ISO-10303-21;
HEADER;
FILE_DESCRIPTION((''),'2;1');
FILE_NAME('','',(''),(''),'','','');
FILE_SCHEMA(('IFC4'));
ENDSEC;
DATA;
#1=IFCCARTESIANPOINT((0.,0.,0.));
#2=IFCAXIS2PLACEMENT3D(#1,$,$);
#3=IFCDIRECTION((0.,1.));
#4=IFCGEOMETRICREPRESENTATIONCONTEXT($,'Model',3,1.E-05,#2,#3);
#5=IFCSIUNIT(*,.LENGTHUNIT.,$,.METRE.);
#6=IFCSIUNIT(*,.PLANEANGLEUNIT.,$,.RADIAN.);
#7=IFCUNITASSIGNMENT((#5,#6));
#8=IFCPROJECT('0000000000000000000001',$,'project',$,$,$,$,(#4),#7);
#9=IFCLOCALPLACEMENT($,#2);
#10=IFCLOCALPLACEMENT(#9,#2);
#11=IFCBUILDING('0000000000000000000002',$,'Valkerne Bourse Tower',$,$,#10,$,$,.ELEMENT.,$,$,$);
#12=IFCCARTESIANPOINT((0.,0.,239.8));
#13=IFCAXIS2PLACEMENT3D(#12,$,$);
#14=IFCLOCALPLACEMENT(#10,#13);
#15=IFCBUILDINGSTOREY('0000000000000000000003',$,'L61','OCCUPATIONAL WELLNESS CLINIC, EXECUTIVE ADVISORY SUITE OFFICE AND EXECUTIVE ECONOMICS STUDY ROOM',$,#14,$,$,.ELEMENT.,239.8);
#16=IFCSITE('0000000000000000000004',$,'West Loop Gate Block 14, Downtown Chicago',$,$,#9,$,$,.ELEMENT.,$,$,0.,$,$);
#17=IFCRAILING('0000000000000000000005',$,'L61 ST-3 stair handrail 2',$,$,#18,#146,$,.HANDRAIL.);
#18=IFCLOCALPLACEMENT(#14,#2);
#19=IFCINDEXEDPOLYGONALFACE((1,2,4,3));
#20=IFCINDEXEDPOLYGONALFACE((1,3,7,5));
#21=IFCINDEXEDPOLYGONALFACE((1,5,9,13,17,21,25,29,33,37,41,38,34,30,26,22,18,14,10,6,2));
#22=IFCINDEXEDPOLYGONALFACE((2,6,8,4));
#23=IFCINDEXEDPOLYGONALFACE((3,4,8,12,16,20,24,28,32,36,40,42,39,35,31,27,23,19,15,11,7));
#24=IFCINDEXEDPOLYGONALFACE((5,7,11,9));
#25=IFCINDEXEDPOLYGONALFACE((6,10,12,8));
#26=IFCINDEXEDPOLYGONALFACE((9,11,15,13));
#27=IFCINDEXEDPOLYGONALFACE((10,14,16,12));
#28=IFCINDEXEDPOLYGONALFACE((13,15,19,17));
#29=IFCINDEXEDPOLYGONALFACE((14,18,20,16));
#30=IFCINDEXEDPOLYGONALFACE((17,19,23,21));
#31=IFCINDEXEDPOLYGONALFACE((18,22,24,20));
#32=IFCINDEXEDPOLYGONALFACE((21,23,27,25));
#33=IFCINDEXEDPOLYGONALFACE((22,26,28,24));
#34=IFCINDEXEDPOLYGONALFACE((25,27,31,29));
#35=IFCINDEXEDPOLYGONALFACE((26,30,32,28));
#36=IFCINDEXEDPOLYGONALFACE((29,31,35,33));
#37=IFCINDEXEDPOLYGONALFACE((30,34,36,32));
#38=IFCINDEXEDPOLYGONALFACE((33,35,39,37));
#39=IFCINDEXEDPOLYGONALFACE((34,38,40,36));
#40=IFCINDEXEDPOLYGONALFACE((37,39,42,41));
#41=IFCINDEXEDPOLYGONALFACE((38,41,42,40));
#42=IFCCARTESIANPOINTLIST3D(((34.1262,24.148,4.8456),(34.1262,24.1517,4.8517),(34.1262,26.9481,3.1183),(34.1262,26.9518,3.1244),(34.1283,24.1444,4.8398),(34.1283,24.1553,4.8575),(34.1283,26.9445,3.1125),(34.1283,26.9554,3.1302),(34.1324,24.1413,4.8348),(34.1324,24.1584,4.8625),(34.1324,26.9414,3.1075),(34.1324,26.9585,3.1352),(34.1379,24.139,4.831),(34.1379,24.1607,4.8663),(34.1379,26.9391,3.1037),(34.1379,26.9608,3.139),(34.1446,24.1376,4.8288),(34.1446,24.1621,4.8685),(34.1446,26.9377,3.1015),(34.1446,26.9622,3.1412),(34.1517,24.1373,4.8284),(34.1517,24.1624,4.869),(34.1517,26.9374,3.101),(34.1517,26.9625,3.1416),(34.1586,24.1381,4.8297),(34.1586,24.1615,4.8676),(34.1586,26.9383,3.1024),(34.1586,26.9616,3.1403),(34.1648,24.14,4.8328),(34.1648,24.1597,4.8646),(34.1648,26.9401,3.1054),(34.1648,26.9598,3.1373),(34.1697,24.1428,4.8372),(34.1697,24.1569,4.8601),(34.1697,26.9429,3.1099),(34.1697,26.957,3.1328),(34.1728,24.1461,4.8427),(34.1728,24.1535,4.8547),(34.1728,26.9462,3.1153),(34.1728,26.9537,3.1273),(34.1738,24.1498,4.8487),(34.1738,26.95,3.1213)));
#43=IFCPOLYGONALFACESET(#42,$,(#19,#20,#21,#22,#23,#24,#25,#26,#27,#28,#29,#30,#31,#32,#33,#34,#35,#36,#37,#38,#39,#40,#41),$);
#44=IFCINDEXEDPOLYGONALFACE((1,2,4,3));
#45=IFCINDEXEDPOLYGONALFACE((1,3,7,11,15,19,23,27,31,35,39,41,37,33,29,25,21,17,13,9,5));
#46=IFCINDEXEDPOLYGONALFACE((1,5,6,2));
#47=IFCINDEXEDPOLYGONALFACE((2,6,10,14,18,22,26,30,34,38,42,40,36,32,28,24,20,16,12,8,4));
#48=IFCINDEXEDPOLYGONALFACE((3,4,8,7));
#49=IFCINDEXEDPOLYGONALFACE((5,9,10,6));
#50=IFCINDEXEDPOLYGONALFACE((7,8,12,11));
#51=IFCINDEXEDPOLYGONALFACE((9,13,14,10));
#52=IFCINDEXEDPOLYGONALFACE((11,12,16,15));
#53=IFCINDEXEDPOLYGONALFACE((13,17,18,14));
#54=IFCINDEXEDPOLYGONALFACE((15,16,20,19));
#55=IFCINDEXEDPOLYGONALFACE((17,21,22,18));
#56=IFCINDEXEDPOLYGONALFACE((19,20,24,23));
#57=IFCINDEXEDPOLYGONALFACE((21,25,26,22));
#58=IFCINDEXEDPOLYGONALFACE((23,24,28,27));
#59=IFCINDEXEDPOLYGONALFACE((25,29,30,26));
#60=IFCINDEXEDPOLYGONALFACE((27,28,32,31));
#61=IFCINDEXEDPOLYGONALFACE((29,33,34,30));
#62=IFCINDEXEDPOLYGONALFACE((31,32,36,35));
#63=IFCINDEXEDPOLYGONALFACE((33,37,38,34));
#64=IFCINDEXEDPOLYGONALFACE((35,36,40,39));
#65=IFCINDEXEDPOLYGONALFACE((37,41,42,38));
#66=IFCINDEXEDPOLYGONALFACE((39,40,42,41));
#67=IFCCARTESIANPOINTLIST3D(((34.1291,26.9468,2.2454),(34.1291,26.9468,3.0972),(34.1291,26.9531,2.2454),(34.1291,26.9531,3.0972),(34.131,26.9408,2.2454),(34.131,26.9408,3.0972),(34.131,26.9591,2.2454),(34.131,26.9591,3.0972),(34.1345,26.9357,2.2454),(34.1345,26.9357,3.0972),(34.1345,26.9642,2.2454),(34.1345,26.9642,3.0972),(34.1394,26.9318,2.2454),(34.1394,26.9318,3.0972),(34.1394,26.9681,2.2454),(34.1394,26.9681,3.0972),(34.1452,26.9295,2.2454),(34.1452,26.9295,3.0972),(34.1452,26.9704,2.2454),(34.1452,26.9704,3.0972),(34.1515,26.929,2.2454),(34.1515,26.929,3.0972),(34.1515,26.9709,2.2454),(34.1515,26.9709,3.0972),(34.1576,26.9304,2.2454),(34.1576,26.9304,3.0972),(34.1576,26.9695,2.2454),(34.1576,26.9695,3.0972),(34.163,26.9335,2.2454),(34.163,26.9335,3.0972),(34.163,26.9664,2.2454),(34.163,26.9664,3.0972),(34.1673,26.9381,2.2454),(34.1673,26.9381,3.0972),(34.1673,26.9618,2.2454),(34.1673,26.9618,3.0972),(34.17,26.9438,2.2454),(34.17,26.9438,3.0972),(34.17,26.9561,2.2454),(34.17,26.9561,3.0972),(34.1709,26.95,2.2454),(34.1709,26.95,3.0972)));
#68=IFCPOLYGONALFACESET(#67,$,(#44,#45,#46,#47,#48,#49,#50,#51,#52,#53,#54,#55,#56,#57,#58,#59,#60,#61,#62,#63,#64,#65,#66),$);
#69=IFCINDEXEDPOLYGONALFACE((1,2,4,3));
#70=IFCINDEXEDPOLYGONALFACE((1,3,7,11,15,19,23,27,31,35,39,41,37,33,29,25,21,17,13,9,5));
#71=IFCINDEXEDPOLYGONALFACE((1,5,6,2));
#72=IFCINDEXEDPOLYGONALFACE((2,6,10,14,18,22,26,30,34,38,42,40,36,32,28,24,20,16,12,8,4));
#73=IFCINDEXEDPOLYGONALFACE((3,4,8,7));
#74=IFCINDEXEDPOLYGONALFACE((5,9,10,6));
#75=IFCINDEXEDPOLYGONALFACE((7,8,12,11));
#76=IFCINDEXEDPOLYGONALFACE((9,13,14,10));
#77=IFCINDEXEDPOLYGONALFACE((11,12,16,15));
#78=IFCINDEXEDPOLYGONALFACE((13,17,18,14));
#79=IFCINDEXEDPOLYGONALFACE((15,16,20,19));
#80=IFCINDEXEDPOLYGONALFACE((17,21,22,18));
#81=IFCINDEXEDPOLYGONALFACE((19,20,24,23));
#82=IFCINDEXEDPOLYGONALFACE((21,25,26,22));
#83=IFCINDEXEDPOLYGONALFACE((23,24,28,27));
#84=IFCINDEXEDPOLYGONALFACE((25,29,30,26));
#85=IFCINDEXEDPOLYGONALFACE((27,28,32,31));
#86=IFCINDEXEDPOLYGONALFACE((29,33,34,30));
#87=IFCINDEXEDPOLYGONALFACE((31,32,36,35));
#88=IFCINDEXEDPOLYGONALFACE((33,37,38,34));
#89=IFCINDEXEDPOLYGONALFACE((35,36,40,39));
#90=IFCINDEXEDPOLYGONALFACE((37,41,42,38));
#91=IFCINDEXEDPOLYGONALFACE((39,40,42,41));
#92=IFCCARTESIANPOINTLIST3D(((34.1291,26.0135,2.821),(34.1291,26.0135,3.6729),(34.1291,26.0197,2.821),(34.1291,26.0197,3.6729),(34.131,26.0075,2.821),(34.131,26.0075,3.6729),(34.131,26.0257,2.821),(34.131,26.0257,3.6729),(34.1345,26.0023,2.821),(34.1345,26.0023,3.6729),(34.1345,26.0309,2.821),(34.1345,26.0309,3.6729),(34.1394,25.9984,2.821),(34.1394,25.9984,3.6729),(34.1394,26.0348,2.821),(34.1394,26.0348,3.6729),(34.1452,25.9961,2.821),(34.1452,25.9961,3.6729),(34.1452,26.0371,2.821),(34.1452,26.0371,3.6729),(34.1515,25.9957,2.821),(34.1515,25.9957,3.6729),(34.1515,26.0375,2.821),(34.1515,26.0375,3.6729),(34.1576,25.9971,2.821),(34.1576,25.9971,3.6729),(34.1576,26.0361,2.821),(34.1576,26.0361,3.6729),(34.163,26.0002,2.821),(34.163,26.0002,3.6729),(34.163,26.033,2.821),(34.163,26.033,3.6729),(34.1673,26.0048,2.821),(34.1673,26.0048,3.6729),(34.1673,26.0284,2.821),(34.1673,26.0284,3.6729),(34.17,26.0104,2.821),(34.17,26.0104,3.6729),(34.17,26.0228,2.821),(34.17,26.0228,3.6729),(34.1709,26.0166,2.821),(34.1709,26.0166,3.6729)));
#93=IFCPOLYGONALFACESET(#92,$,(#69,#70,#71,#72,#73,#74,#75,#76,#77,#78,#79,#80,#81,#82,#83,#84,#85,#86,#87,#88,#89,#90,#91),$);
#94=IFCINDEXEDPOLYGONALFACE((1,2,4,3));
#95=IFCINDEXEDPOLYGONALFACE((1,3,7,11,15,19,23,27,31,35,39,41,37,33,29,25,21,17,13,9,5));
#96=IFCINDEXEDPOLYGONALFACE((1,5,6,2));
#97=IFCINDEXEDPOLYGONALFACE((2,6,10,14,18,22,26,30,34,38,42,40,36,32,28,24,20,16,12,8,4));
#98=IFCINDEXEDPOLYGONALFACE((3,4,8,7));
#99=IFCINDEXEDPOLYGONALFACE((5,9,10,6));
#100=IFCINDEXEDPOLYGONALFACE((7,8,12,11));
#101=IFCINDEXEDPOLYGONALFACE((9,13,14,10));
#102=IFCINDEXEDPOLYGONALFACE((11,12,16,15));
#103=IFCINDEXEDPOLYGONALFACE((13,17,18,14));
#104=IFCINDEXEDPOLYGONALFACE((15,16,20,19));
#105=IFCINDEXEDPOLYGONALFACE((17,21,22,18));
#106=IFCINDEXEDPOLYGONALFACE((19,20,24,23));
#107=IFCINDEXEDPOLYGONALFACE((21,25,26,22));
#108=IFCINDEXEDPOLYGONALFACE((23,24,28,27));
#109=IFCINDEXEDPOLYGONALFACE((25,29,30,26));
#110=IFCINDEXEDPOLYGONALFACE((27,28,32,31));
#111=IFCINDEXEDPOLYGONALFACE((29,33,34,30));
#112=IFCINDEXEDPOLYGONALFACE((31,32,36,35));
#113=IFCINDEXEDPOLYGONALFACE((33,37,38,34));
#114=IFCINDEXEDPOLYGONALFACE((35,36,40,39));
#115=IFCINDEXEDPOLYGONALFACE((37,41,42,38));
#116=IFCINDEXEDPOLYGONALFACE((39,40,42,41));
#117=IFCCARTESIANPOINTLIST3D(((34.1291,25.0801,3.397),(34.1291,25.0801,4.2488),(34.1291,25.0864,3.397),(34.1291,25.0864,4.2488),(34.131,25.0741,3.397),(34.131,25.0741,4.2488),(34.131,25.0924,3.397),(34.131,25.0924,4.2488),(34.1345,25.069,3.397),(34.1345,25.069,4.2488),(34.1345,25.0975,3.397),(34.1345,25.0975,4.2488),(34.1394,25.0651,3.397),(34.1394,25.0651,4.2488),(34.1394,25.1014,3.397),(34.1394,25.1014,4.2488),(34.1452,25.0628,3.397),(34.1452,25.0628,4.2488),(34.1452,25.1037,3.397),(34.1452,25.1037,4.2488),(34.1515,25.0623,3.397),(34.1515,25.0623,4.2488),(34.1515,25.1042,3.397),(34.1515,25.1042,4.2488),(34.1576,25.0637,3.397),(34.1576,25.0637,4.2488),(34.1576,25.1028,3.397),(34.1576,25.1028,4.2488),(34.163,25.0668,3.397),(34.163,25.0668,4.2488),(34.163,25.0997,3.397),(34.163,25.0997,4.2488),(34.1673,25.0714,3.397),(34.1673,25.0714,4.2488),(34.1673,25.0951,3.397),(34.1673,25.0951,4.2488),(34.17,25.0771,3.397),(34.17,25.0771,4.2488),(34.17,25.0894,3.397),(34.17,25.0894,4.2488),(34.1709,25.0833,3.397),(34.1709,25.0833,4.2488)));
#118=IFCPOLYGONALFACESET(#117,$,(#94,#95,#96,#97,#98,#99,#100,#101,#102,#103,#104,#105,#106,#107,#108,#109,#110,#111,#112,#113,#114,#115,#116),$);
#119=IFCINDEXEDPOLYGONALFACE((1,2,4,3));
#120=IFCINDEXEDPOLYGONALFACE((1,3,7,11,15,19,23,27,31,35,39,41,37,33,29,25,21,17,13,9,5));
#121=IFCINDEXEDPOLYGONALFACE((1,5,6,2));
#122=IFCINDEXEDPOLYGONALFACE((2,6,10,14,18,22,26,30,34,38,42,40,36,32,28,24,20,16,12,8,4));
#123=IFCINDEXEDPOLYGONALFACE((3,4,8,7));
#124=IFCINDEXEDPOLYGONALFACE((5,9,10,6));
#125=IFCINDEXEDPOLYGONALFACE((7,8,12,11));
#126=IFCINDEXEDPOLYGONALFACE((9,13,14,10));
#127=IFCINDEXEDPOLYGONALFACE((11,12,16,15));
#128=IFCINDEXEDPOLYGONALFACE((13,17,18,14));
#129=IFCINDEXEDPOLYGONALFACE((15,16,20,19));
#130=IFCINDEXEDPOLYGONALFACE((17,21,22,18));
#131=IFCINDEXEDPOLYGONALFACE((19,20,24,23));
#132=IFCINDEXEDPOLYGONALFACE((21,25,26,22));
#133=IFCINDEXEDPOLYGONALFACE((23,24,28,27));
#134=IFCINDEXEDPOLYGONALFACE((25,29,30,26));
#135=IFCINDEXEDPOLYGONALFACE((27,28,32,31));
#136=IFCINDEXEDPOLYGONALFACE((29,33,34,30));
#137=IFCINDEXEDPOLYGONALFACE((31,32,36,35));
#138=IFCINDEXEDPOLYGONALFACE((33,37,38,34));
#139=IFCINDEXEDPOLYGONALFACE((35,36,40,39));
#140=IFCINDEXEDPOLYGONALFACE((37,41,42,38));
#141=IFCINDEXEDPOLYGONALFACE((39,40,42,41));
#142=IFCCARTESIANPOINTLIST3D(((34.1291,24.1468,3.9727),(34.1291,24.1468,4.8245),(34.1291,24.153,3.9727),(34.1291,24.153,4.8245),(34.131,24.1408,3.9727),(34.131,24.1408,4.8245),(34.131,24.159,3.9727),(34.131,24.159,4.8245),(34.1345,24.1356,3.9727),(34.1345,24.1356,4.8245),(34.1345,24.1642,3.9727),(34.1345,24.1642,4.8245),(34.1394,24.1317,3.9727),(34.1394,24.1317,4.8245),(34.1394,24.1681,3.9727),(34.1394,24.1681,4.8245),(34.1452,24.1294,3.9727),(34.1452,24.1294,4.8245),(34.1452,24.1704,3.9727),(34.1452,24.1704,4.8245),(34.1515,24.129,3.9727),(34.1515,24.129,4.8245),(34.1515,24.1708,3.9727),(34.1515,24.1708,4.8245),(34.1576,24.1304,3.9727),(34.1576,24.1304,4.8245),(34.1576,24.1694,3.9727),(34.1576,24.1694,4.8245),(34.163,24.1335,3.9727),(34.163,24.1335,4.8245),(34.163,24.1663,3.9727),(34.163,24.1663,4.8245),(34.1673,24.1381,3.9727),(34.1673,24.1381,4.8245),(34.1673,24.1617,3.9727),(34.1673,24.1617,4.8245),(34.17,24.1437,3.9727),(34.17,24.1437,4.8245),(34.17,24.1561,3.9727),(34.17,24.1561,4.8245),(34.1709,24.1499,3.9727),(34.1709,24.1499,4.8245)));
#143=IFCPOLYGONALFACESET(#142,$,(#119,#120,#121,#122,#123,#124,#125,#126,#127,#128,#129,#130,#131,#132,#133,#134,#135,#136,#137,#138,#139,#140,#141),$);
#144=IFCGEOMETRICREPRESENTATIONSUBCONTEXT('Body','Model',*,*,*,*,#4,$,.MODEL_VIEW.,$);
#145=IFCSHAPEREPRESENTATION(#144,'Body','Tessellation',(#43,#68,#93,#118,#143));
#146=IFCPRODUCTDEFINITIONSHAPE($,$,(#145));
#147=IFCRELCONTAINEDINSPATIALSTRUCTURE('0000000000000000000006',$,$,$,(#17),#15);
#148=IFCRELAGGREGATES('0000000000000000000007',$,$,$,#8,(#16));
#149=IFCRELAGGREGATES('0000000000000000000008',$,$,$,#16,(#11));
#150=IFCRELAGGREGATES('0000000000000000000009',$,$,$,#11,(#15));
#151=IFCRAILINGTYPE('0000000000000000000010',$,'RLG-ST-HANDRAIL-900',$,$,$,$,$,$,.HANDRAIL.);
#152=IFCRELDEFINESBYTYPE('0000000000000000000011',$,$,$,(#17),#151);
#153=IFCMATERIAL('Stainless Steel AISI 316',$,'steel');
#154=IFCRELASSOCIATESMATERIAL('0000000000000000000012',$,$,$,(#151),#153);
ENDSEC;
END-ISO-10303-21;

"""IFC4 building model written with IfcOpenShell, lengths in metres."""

from ifc_helpers import new_model, si_unit, direction, frame, origin, origin_2d, place, context, subcontext, project, spatial, circle, extrude, material, type_object, element, save


model = new_model("IFC4")

# Units and contexts
model_context = context("Model", 3, precision=1e-05, world=origin(), true_north=direction((0.0, 1.0)))
body_context = subcontext(model_context, "Body", "Model", "MODEL_VIEW")
ifc_project = project(units=[si_unit("LENGTHUNIT", "METRE"), si_unit("PLANEANGLEUNIT", "RADIAN")], contexts=[model_context])

# Site, building, storey
site_placement = place(None, origin())
site = spatial("IfcSite", under=ifc_project, at=site_placement, Name="West Loop Gate Block 14, Downtown Chicago", CompositionType="ELEMENT", RefElevation=0.0)
building_placement = place(site_placement, origin())
building = spatial("IfcBuilding", under=site, at=building_placement, Name="Valkerne Bourse Tower", CompositionType="ELEMENT")
storey_placement = place(building_placement, frame((0.0, 0.0, 239.8)))
storey = spatial("IfcBuildingStorey", under=building, at=storey_placement, Name="L61", Description="OCCUPATIONAL WELLNESS CLINIC, EXECUTIVE ADVISORY SUITE OFFICE AND EXECUTIVE ECONOMICS STUDY ROOM", CompositionType="ELEMENT", Elevation=239.8)

# Railing
ifc_material_1 = material(Name="Stainless Steel AISI 316", Category="steel")
railing_type_1 = type_object("IfcRailingType", Name="RLG-ST-HANDRAIL-900", PredefinedType="HANDRAIL", material=ifc_material_1)
railing_1_placement = place(storey_placement, frame((34.1499, 26.95, 2.2454)))
element("IfcRailing", 1, at=railing_1_placement, inside=storey, type_object=railing_type_1, Name="L61 ST-3 stair handrail 2", PredefinedType="HANDRAIL", context=body_context, shape_type="SweptSolid", body=[
    extrude(circle(Radius=0.0239, at=origin_2d()), frame((0.0, 0.0, 0.876), z_axis=(0.0, -0.85109, 0.52502), x_axis=(1.0, 0.0, 0.0)), (0.0, 0.0, 1.0), 3.29),
    extrude(circle(Radius=0.021, at=origin_2d()), origin(), (0.0, 0.0, 1.0), 0.8518),
    extrude(circle(Radius=0.021, at=origin_2d()), frame((0.0, -0.9333, 0.5757)), (0.0, 0.0, 1.0), 0.8518),
    extrude(circle(Radius=0.021, at=origin_2d()), frame((0.0, -1.8667, 1.1516)), (0.0, 0.0, 1.0), 0.8518),
    extrude(circle(Radius=0.021, at=origin_2d()), frame((0.0, -2.8, 1.7273)), (0.0, 0.0, 1.0), 0.8518),
])

save(model, "model.ifc")
